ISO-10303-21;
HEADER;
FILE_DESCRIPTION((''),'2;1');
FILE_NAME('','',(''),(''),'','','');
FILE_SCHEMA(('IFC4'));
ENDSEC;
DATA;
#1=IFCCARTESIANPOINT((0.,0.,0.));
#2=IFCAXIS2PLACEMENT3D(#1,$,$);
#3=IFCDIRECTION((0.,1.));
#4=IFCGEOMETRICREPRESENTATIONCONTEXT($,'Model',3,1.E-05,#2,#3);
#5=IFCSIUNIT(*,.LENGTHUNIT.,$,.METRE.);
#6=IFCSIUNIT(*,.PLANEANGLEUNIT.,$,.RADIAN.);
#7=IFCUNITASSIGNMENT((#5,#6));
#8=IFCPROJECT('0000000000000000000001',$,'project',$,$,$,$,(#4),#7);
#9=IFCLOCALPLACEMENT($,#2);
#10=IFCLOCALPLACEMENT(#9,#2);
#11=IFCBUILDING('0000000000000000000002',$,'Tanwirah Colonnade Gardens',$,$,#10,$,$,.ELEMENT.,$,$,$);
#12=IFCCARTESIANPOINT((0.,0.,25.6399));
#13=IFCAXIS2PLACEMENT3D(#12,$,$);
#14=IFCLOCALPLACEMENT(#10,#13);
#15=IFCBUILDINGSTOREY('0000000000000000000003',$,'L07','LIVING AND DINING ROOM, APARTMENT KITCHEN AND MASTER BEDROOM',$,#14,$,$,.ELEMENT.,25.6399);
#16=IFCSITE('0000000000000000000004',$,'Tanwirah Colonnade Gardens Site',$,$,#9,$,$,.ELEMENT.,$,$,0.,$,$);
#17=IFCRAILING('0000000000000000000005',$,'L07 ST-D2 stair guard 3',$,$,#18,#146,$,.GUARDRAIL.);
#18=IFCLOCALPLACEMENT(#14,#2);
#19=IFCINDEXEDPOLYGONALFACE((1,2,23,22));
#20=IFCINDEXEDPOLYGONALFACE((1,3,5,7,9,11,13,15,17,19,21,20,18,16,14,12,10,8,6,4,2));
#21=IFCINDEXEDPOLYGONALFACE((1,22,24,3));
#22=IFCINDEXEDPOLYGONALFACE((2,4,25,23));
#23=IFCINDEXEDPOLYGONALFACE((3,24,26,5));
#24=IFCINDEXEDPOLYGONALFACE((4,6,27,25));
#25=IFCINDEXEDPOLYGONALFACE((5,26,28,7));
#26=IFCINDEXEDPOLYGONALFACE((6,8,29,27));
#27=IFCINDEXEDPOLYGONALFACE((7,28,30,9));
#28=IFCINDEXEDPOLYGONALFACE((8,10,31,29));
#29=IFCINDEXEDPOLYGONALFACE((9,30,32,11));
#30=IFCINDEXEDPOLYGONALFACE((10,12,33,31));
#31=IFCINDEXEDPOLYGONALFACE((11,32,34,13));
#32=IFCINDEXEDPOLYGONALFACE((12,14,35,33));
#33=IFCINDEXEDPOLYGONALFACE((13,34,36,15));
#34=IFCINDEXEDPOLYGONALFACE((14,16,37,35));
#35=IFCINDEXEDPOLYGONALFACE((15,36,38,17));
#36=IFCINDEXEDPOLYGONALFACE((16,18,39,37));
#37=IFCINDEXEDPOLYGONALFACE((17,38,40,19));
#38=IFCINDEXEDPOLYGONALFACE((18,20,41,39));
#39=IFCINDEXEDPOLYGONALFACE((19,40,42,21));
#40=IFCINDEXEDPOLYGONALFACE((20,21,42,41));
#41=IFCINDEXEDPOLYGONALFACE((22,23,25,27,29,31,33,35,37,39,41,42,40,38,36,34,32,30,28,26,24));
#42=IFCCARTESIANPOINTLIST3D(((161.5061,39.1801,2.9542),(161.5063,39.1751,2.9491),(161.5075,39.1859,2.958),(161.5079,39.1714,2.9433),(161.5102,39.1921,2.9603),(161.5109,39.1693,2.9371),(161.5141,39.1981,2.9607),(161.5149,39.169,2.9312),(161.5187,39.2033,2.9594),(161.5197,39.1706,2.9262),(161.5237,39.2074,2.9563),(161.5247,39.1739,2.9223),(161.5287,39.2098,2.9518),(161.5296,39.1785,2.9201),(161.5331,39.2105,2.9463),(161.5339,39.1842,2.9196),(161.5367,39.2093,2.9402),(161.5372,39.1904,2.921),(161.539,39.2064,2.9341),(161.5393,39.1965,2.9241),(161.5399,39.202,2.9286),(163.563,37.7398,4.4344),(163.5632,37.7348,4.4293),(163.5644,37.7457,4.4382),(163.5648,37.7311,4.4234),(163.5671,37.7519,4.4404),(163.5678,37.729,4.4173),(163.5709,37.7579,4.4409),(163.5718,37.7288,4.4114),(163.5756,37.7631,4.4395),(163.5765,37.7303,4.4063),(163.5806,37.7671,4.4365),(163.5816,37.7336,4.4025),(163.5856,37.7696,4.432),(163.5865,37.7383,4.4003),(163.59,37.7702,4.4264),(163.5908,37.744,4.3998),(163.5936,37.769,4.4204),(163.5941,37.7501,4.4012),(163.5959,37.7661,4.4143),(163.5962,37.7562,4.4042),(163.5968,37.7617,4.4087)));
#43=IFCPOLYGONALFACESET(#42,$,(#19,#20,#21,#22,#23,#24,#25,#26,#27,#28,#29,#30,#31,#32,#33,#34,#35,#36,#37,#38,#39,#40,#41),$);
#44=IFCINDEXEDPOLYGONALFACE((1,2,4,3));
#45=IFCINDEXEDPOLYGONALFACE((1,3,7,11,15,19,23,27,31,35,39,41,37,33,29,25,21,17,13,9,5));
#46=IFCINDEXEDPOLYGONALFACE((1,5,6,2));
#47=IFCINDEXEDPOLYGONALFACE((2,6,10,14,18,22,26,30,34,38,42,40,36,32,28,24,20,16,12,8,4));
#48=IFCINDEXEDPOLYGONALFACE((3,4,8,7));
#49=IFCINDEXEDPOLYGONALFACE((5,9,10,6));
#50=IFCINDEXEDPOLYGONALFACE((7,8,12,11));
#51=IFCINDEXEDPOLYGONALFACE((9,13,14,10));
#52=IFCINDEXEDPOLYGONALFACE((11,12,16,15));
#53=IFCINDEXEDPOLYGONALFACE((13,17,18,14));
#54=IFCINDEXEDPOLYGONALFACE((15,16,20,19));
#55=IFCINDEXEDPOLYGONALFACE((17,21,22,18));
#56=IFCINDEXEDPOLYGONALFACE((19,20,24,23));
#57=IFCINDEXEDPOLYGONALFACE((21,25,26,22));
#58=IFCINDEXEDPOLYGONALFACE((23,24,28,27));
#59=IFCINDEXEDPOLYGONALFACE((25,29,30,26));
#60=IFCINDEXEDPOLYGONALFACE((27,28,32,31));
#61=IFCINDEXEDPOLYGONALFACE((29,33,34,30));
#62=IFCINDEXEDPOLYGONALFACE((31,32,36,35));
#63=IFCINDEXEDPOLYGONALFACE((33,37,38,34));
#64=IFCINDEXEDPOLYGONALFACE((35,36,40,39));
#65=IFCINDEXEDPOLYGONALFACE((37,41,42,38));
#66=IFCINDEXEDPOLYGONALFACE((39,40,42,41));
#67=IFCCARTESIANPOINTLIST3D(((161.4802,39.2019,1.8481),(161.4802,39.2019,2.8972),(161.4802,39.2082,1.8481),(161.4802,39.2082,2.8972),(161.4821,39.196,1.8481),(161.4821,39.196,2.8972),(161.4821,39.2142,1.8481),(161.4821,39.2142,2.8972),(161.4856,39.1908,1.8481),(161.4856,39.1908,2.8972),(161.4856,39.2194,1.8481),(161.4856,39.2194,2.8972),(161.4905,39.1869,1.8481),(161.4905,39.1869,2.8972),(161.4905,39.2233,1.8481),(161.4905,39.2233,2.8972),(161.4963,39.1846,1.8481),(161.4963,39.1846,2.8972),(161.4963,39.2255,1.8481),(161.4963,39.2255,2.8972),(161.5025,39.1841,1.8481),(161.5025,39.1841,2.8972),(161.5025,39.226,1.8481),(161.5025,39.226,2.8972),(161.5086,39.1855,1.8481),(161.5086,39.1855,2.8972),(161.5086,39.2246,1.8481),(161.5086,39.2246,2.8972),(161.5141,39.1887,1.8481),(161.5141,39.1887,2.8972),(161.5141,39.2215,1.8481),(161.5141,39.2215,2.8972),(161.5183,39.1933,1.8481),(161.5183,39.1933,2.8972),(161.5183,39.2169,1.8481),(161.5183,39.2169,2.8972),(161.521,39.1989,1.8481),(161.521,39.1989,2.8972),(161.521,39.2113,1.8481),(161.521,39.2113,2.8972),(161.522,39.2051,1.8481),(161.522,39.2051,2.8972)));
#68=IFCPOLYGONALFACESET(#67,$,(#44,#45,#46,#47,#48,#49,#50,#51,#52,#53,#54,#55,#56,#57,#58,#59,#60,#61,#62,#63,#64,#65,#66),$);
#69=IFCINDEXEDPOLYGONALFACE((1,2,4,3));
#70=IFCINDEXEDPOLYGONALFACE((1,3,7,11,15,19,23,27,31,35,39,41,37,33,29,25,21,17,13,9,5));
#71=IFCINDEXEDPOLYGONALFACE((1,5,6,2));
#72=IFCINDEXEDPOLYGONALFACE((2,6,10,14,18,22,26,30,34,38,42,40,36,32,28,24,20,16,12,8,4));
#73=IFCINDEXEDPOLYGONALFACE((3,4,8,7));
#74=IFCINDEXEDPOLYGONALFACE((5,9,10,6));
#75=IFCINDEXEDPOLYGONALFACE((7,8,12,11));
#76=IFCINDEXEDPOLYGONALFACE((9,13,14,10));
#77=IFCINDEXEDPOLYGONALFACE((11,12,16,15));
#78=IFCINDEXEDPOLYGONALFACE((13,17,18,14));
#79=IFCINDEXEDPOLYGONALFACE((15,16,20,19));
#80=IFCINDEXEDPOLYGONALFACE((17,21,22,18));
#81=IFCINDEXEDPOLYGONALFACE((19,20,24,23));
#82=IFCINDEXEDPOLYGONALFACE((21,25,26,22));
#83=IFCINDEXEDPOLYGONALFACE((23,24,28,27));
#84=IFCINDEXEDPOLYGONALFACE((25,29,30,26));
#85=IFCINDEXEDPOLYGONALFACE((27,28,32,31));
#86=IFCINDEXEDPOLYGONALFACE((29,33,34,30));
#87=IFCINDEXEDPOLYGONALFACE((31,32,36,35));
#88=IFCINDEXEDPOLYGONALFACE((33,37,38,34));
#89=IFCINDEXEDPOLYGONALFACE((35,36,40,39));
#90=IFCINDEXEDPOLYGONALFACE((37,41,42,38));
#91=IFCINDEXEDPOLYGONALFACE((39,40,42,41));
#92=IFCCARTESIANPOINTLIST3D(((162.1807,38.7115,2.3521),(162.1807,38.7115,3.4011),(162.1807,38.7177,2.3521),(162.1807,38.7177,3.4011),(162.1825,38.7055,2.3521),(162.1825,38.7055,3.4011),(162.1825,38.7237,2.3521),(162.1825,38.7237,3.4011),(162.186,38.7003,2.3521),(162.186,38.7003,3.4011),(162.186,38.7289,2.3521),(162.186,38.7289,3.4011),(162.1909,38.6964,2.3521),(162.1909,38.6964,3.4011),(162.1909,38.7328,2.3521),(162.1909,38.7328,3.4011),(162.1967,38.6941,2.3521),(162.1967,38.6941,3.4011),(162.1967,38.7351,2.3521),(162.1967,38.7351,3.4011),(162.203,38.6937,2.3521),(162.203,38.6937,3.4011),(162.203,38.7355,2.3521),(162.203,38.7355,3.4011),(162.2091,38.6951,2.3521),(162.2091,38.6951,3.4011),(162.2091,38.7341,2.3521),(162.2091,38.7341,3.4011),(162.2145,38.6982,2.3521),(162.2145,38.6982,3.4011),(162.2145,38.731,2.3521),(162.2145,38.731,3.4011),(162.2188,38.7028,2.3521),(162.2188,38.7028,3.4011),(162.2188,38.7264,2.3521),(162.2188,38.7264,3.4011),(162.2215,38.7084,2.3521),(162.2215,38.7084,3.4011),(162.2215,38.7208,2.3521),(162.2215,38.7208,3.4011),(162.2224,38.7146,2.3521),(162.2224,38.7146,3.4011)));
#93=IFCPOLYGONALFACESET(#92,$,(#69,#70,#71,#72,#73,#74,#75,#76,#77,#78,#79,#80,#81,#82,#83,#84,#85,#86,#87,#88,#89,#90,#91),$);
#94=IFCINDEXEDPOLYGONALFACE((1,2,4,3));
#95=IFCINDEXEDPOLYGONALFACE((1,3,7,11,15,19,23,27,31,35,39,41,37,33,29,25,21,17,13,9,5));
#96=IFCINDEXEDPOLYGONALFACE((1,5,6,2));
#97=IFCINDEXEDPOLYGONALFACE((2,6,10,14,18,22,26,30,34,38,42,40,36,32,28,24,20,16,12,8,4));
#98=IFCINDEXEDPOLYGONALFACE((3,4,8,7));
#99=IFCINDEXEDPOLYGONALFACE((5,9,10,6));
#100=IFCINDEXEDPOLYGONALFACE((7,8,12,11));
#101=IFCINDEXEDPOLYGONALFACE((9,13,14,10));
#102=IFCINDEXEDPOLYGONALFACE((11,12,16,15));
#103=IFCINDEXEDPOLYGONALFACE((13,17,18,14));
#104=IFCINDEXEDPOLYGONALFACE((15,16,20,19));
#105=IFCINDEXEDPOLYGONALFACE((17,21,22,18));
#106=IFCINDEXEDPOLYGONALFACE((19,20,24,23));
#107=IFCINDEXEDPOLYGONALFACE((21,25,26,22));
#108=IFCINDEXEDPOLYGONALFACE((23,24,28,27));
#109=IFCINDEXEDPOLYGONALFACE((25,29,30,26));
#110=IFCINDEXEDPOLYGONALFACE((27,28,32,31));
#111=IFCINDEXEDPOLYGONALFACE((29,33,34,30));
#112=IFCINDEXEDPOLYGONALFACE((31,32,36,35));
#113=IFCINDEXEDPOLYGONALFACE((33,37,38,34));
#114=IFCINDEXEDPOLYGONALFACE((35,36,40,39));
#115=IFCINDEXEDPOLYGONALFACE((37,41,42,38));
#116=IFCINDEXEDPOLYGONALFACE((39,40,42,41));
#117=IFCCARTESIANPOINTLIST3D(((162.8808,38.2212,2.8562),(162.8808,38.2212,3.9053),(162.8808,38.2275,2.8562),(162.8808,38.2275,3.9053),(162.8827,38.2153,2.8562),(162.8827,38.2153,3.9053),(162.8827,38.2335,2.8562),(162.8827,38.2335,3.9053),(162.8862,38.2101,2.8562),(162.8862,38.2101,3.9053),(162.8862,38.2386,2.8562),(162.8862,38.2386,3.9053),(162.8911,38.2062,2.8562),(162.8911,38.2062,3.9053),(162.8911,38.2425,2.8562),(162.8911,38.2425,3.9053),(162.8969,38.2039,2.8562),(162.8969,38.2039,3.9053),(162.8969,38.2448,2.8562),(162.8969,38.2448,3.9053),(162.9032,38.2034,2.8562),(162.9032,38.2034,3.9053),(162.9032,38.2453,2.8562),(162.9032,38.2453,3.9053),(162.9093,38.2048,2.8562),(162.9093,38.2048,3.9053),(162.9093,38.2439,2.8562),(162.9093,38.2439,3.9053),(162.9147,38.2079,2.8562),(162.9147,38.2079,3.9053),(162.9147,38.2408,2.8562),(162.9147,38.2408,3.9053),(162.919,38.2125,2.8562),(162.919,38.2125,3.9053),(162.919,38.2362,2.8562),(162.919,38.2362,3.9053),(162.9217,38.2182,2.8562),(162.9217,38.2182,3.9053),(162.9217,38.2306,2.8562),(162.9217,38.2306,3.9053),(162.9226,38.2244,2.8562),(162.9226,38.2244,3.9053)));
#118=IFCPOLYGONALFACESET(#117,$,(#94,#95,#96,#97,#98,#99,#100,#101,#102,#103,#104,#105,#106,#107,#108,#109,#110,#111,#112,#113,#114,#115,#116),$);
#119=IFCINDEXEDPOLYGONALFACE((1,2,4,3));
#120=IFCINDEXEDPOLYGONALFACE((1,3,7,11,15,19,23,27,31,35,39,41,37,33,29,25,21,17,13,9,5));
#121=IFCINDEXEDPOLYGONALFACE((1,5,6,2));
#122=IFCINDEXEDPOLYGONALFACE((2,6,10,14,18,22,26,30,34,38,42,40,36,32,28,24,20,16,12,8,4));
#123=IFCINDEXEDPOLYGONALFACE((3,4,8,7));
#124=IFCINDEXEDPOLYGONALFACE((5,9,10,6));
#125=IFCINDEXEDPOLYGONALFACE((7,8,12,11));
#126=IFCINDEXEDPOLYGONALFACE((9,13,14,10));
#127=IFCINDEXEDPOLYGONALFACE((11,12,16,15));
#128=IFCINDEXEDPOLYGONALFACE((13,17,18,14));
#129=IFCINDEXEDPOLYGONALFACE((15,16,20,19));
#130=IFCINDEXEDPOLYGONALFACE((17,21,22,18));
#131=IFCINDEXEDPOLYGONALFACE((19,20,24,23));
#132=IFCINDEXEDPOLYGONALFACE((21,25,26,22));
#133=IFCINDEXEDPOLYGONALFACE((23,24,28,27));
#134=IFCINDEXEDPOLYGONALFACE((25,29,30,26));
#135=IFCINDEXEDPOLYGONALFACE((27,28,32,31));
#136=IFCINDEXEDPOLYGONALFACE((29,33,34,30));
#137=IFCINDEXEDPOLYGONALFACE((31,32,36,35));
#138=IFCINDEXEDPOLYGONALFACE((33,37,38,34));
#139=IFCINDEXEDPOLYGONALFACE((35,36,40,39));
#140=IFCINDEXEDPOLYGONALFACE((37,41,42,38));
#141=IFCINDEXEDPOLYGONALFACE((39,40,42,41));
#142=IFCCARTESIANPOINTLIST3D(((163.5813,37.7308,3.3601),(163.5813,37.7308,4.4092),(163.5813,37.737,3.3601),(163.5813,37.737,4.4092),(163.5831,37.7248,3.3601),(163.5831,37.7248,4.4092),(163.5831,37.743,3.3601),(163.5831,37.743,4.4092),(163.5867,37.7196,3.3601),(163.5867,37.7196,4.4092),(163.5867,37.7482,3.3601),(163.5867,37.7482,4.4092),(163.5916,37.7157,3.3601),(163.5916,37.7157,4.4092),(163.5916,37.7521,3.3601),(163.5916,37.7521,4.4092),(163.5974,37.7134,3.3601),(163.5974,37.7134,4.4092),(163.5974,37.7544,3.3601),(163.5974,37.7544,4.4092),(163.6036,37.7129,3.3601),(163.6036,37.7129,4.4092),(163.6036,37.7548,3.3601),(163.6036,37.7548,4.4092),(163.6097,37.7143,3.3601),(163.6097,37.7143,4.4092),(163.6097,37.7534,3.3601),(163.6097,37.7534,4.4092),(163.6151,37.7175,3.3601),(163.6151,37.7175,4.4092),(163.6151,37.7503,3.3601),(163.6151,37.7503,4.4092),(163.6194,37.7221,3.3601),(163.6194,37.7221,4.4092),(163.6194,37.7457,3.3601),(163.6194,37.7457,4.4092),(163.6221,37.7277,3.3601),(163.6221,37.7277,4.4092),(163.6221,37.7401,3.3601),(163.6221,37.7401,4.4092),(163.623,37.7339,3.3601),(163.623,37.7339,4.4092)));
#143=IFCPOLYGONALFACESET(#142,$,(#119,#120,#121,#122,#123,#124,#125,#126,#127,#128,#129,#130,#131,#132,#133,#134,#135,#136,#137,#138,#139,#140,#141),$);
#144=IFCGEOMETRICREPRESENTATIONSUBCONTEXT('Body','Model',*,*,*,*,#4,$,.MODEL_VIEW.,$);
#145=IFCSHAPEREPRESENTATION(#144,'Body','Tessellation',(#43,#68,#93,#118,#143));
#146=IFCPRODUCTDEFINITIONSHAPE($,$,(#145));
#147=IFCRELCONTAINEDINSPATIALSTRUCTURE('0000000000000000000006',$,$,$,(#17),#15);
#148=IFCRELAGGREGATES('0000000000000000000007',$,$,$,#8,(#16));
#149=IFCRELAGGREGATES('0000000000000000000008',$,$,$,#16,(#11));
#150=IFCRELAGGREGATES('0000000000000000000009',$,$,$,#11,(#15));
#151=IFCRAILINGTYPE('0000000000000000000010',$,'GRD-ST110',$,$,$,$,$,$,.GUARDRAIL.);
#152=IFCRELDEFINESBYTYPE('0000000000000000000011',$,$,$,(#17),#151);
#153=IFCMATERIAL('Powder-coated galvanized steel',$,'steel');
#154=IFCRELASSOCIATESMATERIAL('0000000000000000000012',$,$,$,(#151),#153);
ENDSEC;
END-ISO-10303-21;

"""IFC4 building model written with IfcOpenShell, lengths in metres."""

from ifc_helpers import new_model, si_unit, direction, frame, origin, origin_2d, place, context, subcontext, project, spatial, circle, extrude, material, type_object, element, save


model = new_model("IFC4")

# Units and contexts
model_context = context("Model", 3, precision=1e-05, world=origin(), true_north=direction((0.0, 1.0)))
body_context = subcontext(model_context, "Body", "Model", "MODEL_VIEW")
ifc_project = project(units=[si_unit("LENGTHUNIT", "METRE"), si_unit("PLANEANGLEUNIT", "RADIAN")], contexts=[model_context])

# Site, building, storey
site_placement = place(None, origin())
site = spatial("IfcSite", under=ifc_project, at=site_placement, Name="Tanwirah Colonnade Gardens Site", CompositionType="ELEMENT", RefElevation=0.0)
building_placement = place(site_placement, origin())
building = spatial("IfcBuilding", under=site, at=building_placement, Name="Tanwirah Colonnade Gardens", CompositionType="ELEMENT")
storey_placement = place(building_placement, frame((0.0, 0.0, 25.6399)))
storey = spatial("IfcBuildingStorey", under=building, at=storey_placement, Name="L07", Description="LIVING AND DINING ROOM, APARTMENT KITCHEN AND MASTER BEDROOM", CompositionType="ELEMENT", Elevation=25.6399)

# Railing
ifc_material_1 = material(Name="Powder-coated galvanized steel", Category="steel")
railing_type_1 = type_object("IfcRailingType", Name="GRD-ST110", PredefinedType="GUARDRAIL", material=ifc_material_1)
railing_1_placement = place(storey_placement, frame((161.501, 39.2051, 1.8481)))
element("IfcRailing", 1, at=railing_1_placement, inside=storey, type_object=railing_type_1, Name="L07 ST-D2 stair guard 3", PredefinedType="GUARDRAIL", context=body_context, shape_type="SweptSolid", body=[
    extrude(circle(Radius=0.0239, at=origin_2d()), frame((0.022, -0.0154, 1.092), z_axis=(0.705673, -0.494118, 0.507812), x_axis=(0.573577, 0.819151, 0.0)), (0.0, 0.0, 1.0), 2.9148),
    extrude(circle(Radius=0.021, at=origin_2d()), origin(), (0.0, 0.0, 1.0), 1.0491),
    extrude(circle(Radius=0.021, at=origin_2d()), frame((0.7004, -0.4905, 0.5039)), (0.0, 0.0, 1.0), 1.0491),
    extrude(circle(Radius=0.021, at=origin_2d()), frame((1.4006, -0.9807, 1.0081)), (0.0, 0.0, 1.0), 1.0491),
    extrude(circle(Radius=0.021, at=origin_2d()), frame((2.1011, -1.4712, 1.512)), (0.0, 0.0, 1.0), 1.0491),
])

save(model, "model.ifc")
